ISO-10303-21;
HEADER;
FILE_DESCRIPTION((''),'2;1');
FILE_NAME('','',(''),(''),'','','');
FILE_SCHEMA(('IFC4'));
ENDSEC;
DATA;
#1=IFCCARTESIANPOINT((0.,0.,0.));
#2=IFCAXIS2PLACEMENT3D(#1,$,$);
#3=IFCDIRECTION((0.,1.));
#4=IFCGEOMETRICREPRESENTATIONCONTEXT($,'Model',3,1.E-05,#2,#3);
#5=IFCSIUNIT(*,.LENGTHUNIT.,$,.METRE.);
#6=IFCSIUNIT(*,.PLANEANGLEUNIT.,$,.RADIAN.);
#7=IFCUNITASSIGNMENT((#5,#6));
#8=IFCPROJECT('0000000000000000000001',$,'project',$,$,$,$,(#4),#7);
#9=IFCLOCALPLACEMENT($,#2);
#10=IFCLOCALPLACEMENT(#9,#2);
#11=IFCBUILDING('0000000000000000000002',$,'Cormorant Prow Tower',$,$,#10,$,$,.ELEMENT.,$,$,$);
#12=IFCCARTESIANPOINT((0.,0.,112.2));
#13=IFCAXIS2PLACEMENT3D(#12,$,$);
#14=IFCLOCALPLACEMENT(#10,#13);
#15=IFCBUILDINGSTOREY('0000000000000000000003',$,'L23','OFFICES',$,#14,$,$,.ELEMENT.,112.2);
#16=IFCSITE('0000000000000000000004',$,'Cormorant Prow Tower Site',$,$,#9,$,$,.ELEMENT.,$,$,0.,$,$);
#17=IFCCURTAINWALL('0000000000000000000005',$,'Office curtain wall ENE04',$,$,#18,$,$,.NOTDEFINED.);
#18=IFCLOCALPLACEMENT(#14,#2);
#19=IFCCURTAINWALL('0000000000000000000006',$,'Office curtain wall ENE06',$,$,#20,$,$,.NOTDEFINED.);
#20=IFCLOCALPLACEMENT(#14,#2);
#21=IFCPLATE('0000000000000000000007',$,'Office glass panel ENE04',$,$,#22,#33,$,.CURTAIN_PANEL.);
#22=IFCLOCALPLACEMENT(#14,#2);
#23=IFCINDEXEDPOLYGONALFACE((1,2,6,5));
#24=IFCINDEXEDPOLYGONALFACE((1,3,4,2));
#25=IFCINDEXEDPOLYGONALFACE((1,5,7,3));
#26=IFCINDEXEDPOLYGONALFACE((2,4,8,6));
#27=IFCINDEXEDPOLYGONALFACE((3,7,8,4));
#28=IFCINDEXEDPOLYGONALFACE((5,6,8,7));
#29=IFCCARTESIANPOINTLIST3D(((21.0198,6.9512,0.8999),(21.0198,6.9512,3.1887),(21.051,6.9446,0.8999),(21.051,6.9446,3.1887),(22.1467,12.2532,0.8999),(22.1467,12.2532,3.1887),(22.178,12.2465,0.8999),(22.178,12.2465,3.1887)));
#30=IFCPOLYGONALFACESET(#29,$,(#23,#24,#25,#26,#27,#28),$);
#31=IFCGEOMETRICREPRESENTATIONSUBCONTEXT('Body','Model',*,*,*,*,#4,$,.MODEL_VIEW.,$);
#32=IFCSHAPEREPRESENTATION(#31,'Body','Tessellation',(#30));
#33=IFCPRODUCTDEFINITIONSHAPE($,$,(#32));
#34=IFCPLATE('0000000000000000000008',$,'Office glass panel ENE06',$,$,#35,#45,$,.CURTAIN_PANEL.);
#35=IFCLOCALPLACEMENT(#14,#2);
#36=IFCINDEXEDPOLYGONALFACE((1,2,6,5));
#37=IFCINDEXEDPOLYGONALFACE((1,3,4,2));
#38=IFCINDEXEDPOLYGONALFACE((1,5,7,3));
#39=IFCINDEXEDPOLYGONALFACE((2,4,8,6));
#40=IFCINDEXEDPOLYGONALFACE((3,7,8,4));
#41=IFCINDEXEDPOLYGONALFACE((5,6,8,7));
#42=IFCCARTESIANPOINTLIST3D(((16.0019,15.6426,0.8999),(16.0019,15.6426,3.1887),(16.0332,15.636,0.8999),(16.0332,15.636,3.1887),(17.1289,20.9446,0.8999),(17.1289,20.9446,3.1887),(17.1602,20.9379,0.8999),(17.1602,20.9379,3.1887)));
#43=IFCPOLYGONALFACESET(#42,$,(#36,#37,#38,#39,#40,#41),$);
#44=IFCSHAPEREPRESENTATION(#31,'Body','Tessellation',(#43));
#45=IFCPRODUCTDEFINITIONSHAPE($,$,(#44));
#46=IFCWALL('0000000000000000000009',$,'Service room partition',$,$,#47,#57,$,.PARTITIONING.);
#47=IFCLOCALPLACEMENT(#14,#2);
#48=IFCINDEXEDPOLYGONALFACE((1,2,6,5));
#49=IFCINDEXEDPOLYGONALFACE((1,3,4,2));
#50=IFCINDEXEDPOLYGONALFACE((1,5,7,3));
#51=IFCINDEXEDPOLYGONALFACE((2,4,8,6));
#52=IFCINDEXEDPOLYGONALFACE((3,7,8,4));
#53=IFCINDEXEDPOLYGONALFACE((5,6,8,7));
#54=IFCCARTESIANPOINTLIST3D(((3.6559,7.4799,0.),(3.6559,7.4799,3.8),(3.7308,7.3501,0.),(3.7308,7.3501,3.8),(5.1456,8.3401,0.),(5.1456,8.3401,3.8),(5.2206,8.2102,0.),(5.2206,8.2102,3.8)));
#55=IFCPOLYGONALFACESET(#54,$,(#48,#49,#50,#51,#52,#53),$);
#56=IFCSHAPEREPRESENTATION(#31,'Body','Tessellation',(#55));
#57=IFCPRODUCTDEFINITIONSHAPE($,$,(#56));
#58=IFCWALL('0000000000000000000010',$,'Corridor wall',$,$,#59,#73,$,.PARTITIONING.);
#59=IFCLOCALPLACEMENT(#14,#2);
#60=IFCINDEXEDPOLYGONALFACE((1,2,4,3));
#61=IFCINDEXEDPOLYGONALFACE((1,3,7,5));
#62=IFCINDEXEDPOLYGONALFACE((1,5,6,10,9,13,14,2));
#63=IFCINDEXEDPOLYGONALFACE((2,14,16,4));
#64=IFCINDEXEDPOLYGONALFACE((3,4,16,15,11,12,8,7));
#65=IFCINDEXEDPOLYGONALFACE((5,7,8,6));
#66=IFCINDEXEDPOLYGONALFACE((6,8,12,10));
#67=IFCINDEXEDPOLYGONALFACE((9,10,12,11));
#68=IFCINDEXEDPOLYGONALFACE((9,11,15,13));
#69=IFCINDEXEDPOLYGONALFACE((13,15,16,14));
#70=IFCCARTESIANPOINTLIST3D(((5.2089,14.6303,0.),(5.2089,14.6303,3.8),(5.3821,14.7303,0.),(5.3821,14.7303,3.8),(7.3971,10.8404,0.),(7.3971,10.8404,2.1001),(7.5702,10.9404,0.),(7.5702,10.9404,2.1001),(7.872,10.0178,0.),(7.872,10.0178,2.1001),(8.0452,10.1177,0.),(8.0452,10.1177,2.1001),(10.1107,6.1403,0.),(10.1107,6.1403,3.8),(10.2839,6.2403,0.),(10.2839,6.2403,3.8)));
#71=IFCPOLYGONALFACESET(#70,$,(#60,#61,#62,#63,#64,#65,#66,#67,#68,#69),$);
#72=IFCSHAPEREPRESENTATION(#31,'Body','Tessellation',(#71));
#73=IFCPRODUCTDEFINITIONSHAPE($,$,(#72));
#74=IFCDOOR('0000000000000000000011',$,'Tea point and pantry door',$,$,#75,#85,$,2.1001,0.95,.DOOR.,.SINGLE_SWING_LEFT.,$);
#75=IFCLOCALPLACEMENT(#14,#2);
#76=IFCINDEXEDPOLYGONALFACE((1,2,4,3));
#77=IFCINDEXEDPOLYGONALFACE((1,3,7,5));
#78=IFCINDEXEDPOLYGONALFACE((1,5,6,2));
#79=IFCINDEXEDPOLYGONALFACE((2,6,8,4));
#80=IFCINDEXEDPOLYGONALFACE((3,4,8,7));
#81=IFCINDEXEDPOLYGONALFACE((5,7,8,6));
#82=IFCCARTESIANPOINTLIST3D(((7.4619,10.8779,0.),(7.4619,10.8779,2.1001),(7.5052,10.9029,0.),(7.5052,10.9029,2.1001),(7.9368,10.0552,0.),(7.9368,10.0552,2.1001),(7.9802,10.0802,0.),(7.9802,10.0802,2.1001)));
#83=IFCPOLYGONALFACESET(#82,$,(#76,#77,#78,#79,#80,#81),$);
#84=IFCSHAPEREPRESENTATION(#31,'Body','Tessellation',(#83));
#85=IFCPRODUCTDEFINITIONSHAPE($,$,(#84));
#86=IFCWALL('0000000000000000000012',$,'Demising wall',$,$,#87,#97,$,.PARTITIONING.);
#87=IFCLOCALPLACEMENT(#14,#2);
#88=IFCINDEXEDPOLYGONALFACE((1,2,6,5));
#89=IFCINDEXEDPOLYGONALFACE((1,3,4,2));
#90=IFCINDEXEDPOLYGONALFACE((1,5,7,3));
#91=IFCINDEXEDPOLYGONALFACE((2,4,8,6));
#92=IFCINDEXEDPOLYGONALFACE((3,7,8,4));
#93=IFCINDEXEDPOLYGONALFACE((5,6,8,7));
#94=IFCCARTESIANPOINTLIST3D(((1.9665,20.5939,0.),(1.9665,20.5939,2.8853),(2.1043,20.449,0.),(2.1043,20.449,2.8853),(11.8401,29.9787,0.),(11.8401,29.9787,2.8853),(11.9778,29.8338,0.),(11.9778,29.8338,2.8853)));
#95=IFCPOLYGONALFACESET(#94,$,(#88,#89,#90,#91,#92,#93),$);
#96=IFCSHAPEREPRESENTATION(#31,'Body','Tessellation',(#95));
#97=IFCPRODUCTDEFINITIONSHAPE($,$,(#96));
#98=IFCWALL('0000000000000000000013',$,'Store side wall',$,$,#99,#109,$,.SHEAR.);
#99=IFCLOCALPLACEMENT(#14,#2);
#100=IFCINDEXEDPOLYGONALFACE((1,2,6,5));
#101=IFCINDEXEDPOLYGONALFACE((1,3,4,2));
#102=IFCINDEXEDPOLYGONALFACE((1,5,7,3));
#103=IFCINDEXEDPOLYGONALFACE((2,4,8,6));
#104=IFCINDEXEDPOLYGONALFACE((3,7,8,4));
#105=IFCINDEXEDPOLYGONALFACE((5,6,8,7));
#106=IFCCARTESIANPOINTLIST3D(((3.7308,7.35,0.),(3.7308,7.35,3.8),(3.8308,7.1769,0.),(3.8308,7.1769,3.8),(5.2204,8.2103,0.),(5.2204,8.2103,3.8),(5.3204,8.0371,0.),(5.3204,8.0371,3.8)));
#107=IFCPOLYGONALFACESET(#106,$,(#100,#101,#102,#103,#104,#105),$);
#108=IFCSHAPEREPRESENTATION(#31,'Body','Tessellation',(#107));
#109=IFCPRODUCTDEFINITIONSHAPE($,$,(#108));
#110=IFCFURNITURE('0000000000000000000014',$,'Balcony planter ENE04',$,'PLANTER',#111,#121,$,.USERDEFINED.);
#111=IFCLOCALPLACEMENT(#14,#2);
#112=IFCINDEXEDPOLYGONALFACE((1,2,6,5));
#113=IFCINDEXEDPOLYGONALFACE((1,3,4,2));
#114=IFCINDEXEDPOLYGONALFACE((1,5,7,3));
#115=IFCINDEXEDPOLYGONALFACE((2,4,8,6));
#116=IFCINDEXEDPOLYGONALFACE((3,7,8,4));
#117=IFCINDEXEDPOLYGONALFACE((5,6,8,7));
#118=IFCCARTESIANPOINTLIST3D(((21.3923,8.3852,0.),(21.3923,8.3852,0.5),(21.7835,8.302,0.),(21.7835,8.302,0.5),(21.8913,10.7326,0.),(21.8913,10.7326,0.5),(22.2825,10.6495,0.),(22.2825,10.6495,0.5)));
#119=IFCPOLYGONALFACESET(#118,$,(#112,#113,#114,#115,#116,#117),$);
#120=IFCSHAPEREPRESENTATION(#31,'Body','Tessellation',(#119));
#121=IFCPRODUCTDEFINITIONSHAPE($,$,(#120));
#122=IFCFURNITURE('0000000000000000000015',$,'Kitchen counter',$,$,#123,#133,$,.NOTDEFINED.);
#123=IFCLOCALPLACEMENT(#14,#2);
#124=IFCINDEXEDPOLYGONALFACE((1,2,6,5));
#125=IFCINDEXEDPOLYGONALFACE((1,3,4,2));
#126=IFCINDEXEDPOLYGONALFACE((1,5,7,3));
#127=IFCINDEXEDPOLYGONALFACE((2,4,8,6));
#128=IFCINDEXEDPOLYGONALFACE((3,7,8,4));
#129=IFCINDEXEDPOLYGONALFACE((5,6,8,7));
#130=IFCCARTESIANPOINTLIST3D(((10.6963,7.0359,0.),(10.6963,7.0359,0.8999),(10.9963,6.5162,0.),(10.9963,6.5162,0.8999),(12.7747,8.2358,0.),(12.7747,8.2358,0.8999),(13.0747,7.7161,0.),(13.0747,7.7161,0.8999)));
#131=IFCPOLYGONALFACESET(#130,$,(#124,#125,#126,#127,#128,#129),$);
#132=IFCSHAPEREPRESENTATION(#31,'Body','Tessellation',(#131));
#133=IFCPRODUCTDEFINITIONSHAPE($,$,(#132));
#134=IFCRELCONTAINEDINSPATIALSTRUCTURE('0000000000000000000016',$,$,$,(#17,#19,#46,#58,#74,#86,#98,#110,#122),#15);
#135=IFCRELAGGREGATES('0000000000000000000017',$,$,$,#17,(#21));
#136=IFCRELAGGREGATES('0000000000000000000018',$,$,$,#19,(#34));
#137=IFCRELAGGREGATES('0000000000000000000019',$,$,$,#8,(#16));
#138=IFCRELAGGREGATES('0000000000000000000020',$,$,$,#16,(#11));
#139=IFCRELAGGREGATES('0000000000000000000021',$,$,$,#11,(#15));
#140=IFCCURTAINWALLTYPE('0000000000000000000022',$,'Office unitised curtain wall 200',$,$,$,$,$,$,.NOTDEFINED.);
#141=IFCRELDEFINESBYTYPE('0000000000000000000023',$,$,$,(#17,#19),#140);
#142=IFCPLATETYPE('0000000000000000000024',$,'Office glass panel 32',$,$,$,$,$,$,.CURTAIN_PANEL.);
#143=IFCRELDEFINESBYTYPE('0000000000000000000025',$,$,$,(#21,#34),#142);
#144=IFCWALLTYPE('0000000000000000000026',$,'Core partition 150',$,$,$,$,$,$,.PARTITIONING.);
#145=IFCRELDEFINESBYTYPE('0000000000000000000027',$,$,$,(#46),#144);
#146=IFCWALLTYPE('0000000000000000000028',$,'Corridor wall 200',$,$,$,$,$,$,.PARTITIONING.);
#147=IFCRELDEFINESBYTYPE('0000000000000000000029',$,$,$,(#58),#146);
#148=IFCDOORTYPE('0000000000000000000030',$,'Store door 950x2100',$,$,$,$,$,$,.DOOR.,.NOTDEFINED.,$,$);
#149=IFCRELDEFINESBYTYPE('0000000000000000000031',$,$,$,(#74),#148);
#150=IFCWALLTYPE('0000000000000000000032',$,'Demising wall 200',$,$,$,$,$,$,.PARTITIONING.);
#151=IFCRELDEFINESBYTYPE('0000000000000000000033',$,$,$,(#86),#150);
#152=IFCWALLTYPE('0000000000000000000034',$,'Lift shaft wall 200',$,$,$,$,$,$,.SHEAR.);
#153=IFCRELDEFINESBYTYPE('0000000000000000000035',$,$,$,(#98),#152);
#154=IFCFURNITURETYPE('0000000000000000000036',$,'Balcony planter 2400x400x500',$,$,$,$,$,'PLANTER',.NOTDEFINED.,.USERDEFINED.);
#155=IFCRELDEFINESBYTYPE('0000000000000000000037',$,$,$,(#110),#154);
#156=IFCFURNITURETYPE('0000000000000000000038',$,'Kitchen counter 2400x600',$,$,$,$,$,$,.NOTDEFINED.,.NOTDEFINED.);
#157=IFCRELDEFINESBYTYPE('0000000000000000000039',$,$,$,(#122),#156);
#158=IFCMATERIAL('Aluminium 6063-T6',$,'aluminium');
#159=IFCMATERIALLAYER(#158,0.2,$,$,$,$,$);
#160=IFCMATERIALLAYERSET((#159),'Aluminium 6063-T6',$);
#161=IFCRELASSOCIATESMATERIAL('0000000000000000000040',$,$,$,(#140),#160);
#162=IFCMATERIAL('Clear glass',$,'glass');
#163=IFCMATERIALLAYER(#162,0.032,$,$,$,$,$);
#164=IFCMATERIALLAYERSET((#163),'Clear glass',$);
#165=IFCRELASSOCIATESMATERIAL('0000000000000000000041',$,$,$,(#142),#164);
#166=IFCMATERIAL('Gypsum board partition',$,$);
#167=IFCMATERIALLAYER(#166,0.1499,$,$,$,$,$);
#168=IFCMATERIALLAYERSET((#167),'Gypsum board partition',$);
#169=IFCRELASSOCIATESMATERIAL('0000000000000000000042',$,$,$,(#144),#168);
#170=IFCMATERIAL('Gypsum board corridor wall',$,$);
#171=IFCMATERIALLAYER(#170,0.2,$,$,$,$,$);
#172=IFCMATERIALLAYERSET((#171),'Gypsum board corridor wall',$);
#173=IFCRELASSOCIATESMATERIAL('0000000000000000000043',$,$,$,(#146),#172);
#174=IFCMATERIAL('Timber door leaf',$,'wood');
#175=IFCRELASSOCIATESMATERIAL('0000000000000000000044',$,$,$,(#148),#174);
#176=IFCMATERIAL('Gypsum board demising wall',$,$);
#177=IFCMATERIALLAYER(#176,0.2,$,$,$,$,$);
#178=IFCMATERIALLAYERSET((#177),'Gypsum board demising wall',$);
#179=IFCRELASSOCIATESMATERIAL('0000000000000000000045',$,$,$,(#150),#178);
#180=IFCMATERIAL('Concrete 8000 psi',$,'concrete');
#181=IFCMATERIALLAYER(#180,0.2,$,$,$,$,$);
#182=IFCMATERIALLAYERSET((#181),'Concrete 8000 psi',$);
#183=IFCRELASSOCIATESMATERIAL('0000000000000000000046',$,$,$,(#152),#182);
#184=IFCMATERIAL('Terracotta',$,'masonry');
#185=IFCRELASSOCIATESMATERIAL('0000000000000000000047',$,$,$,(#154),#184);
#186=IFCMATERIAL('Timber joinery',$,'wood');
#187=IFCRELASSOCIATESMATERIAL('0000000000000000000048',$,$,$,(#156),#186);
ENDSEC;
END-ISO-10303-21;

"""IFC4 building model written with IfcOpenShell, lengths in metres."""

from ifc_helpers import new_model, si_unit, direction, frame, frame_2d, origin, origin_2d, place, context, subcontext, project, spatial, rectangle, extrude, material, layer, layer_set, type_object, element, fill, aggregate, save


model = new_model("IFC4")

# Units and contexts
model_context = context("Model", 3, precision=1e-05, world=origin(), true_north=direction((0.0, 1.0)))
body_context = subcontext(model_context, "Body", "Model", "MODEL_VIEW")
ifc_project = project(units=[si_unit("LENGTHUNIT", "METRE"), si_unit("PLANEANGLEUNIT", "RADIAN")], contexts=[model_context])

# Site, building, storey
site_placement = place(None, origin())
site = spatial("IfcSite", under=ifc_project, at=site_placement, Name="Cormorant Prow Tower Site", CompositionType="ELEMENT", RefElevation=0.0)
building_placement = place(site_placement, origin())
building = spatial("IfcBuilding", under=site, at=building_placement, Name="Cormorant Prow Tower", CompositionType="ELEMENT")
storey_placement = place(building_placement, frame((0.0, 0.0, 112.2)))
storey = spatial("IfcBuildingStorey", under=building, at=storey_placement, Name="L23", Description="OFFICES", CompositionType="ELEMENT", Elevation=112.2)

# Curtain walls
ifc_material_1 = material(Name="Aluminium 6063-T6", Category="aluminium")
ifc_layer_1 = layer(ifc_material_1, 0.2)
ifc_layer_set_1 = layer_set([ifc_layer_1], Name="Aluminium 6063-T6")
curtain_wall_type = type_object("IfcCurtainWallType", Name="Office unitised curtain wall 200", PredefinedType="NOTDEFINED", material=ifc_layer_set_1)
curtain_wall_1_placement = place(storey_placement, origin())
curtain_wall_1 = element("IfcCurtainWall", 1, at=curtain_wall_1_placement, inside=storey, type_object=curtain_wall_type, Name="Office curtain wall ENE04", PredefinedType="NOTDEFINED")
curtain_wall_2_placement = place(storey_placement, origin())
curtain_wall_2 = element("IfcCurtainWall", 2, at=curtain_wall_2_placement, inside=storey, type_object=curtain_wall_type, Name="Office curtain wall ENE06", PredefinedType="NOTDEFINED")

# Plates
ifc_material_2 = material(Name="Clear glass", Category="glass")
ifc_layer_2 = layer(ifc_material_2, 0.032)
ifc_layer_set_2 = layer_set([ifc_layer_2], Name="Clear glass")
plate_type = type_object("IfcPlateType", Name="Office glass panel 32", PredefinedType="CURTAIN_PANEL", material=ifc_layer_set_2)
plate_1_placement = place(storey_placement, frame((21.5989, 9.5989, 0.8999), z_axis=(0.0, 0.0, 1.0), x_axis=(0.207912, 0.978148, 0.0)))
plate_1 = element("IfcPlate", 3, at=plate_1_placement, type_object=plate_type, Name="Office glass panel ENE04", PredefinedType="CURTAIN_PANEL", context=body_context, shape_type="SweptSolid", body=[
    extrude(rectangle(XDim=5.4204, YDim=0.032, at=origin_2d()), origin(), (0.0, 0.0, 1.0), 2.2888),
])
aggregate(curtain_wall_1, [plate_1])
plate_2_placement = place(storey_placement, frame((16.5811, 18.2903, 0.8999), z_axis=(0.0, 0.0, 1.0), x_axis=(0.207912, 0.978148, 0.0)))
plate_2 = element("IfcPlate", 4, at=plate_2_placement, type_object=plate_type, Name="Office glass panel ENE06", PredefinedType="CURTAIN_PANEL", context=body_context, shape_type="SweptSolid", body=[
    extrude(rectangle(XDim=5.4204, YDim=0.032, at=origin_2d()), origin(), (0.0, 0.0, 1.0), 2.2888),
])
aggregate(curtain_wall_2, [plate_2])

# Wall
ifc_material_3 = material(Name="Gypsum board partition")
ifc_layer_3 = layer(ifc_material_3, 0.1499)
ifc_layer_set_3 = layer_set([ifc_layer_3], Name="Gypsum board partition")
wall_type_1 = type_object("IfcWallType", Name="Core partition 150", PredefinedType="PARTITIONING", material=ifc_layer_set_3)
wall_1_placement = place(storey_placement, frame((3.6934, 7.415, 0.0), z_axis=(0.0, 0.0, 1.0), x_axis=(0.866025, 0.500001, 0.0)))
element("IfcWall", 5, at=wall_1_placement, inside=storey, type_object=wall_type_1, Name="Service room partition", PredefinedType="PARTITIONING", context=body_context, shape_type="SweptSolid", body=[
    extrude(rectangle(XDim=1.7202, YDim=0.1499, at=frame_2d((0.8601, 0.0))), origin(), (0.0, 0.0, 1.0), 3.8),
])

# Wall, opening, door
ifc_material_4 = material(Name="Gypsum board corridor wall")
ifc_layer_4 = layer(ifc_material_4, 0.2)
ifc_layer_set_4 = layer_set([ifc_layer_4], Name="Gypsum board corridor wall")
wall_type_2 = type_object("IfcWallType", Name="Corridor wall 200", PredefinedType="PARTITIONING", material=ifc_layer_set_4)
wall_2_placement = place(storey_placement, frame((5.2954, 14.6804, 0.0), z_axis=(0.0, 0.0, 1.0), x_axis=(0.500012, -0.866018, 0.0)))
wall_2 = element("IfcWall", 6, at=wall_2_placement, inside=storey, type_object=wall_type_2, Name="Corridor wall", PredefinedType="PARTITIONING", context=body_context, shape_type="SweptSolid", body=[
    extrude(rectangle(XDim=9.8035, YDim=0.2, at=frame_2d((4.9019, 0.0))), origin(), (0.0, 0.0, 1.0), 3.8),
])
opening_1_placement = place(wall_2_placement, frame((4.3762, 0.0, 0.0)))
opening_1 = element("IfcOpeningElement", 7, at=opening_1_placement, cuts=wall_2, PredefinedType="OPENING", context=body_context, shape_type="SweptSolid", body=[
    extrude(rectangle(XDim=0.95, YDim=2.1001, at=frame_2d((0.4751, 1.05))), frame((0.0, 0.1099, 0.0), z_axis=(0.0, -1.0, 0.0), x_axis=(1.0, 0.0, 0.0)), (0.0, 0.0, 1.0), 0.22),
])
ifc_material_5 = material(Name="Timber door leaf", Category="wood")
door_type_1 = type_object("IfcDoorType", Name="Store door 950x2100", OperationType="NOTDEFINED", PredefinedType="DOOR", material=ifc_material_5)
door_1_placement = place(opening_1_placement, origin())
door_1 = element("IfcDoor", 8, at=door_1_placement, inside=storey, type_object=door_type_1, Name="Tea point and pantry door", OperationType="SINGLE_SWING_LEFT", OverallHeight=2.1001, OverallWidth=0.95, PredefinedType="DOOR", context=body_context, shape_type="SweptSolid", body=[
    extrude(rectangle(XDim=0.95, YDim=2.1001, at=frame_2d((0.4751, 1.05))), frame((0.0, 0.0249, 0.0), z_axis=(0.0, -1.0, 0.0), x_axis=(1.0, 0.0, 0.0)), (0.0, 0.0, 1.0), 0.05),
])
fill(opening_1, door_1)

# Walls
ifc_material_6 = material(Name="Gypsum board demising wall")
ifc_layer_5 = layer(ifc_material_6, 0.2)
ifc_layer_set_5 = layer_set([ifc_layer_5], Name="Gypsum board demising wall")
wall_type_3 = type_object("IfcWallType", Name="Demising wall 200", PredefinedType="PARTITIONING", material=ifc_layer_set_5)
wall_3_placement = place(storey_placement, frame((2.0354, 20.5215, 0.0), z_axis=(0.0, 0.0, 1.0), x_axis=(0.72482, 0.688939, 0.0)))
element("IfcWall", 9, at=wall_3_placement, inside=storey, type_object=wall_type_3, Name="Demising wall", PredefinedType="PARTITIONING", context=body_context, shape_type="SweptSolid", body=[
    extrude(rectangle(XDim=13.6221, YDim=0.2, at=frame_2d((6.811, 0.0))), origin(), (0.0, 0.0, 1.0), 2.8853),
])
ifc_material_7 = material(Name="Concrete 8000 psi", Category="concrete")
ifc_layer_6 = layer(ifc_material_7, 0.2)
ifc_layer_set_6 = layer_set([ifc_layer_6], Name="Concrete 8000 psi")
wall_type_4 = type_object("IfcWallType", Name="Lift shaft wall 200", PredefinedType="SHEAR", material=ifc_layer_set_6)
wall_4_placement = place(storey_placement, frame((3.7808, 7.2634, 0.0), z_axis=(0.0, 0.0, 1.0), x_axis=(0.865963, 0.500107, 0.0)))
element("IfcWall", 10, at=wall_4_placement, inside=storey, type_object=wall_type_4, Name="Store side wall", PredefinedType="SHEAR", context=body_context, shape_type="SweptSolid", body=[
    extrude(rectangle(XDim=1.7202, YDim=0.2, at=frame_2d((0.8601, 0.0))), origin(), (0.0, 0.0, 1.0), 3.8),
])

# Furniture
ifc_material_8 = material(Name="Terracotta", Category="masonry")
furniture_type_1 = type_object("IfcFurnitureType", Name="Balcony planter 2400x400x500", ElementType="PLANTER", AssemblyPlace="NOTDEFINED", PredefinedType="USERDEFINED", material=ifc_material_8)
furniture_1_placement = place(storey_placement, frame((21.8374, 9.5173, 0.0), z_axis=(0.0, 0.0, 1.0), x_axis=(0.207912, 0.978148, 0.0)))
element("IfcFurniture", 11, at=furniture_1_placement, inside=storey, type_object=furniture_type_1, Name="Balcony planter ENE04", ObjectType="PLANTER", PredefinedType="USERDEFINED", context=body_context, shape_type="SweptSolid", body=[
    extrude(rectangle(XDim=2.3999, YDim=0.3999, at=origin_2d()), origin(), (0.0, 0.0, 1.0), 0.5),
])
ifc_material_9 = material(Name="Timber joinery", Category="wood")
furniture_type_2 = type_object("IfcFurnitureType", Name="Kitchen counter 2400x600", AssemblyPlace="NOTDEFINED", PredefinedType="NOTDEFINED", material=ifc_material_9)
furniture_2_placement = place(storey_placement, frame((11.8855, 7.376, 0.0), z_axis=(0.0, 0.0, 1.0), x_axis=(-0.866025, -0.5, 0.0)))
element("IfcFurniture", 12, at=furniture_2_placement, inside=storey, type_object=furniture_type_2, Name="Kitchen counter", PredefinedType="NOTDEFINED", context=body_context, shape_type="SweptSolid", body=[
    extrude(rectangle(XDim=2.3999, YDim=0.6001, at=origin_2d()), origin(), (0.0, 0.0, 1.0), 0.8999),
])

save(model, "model.ifc")
